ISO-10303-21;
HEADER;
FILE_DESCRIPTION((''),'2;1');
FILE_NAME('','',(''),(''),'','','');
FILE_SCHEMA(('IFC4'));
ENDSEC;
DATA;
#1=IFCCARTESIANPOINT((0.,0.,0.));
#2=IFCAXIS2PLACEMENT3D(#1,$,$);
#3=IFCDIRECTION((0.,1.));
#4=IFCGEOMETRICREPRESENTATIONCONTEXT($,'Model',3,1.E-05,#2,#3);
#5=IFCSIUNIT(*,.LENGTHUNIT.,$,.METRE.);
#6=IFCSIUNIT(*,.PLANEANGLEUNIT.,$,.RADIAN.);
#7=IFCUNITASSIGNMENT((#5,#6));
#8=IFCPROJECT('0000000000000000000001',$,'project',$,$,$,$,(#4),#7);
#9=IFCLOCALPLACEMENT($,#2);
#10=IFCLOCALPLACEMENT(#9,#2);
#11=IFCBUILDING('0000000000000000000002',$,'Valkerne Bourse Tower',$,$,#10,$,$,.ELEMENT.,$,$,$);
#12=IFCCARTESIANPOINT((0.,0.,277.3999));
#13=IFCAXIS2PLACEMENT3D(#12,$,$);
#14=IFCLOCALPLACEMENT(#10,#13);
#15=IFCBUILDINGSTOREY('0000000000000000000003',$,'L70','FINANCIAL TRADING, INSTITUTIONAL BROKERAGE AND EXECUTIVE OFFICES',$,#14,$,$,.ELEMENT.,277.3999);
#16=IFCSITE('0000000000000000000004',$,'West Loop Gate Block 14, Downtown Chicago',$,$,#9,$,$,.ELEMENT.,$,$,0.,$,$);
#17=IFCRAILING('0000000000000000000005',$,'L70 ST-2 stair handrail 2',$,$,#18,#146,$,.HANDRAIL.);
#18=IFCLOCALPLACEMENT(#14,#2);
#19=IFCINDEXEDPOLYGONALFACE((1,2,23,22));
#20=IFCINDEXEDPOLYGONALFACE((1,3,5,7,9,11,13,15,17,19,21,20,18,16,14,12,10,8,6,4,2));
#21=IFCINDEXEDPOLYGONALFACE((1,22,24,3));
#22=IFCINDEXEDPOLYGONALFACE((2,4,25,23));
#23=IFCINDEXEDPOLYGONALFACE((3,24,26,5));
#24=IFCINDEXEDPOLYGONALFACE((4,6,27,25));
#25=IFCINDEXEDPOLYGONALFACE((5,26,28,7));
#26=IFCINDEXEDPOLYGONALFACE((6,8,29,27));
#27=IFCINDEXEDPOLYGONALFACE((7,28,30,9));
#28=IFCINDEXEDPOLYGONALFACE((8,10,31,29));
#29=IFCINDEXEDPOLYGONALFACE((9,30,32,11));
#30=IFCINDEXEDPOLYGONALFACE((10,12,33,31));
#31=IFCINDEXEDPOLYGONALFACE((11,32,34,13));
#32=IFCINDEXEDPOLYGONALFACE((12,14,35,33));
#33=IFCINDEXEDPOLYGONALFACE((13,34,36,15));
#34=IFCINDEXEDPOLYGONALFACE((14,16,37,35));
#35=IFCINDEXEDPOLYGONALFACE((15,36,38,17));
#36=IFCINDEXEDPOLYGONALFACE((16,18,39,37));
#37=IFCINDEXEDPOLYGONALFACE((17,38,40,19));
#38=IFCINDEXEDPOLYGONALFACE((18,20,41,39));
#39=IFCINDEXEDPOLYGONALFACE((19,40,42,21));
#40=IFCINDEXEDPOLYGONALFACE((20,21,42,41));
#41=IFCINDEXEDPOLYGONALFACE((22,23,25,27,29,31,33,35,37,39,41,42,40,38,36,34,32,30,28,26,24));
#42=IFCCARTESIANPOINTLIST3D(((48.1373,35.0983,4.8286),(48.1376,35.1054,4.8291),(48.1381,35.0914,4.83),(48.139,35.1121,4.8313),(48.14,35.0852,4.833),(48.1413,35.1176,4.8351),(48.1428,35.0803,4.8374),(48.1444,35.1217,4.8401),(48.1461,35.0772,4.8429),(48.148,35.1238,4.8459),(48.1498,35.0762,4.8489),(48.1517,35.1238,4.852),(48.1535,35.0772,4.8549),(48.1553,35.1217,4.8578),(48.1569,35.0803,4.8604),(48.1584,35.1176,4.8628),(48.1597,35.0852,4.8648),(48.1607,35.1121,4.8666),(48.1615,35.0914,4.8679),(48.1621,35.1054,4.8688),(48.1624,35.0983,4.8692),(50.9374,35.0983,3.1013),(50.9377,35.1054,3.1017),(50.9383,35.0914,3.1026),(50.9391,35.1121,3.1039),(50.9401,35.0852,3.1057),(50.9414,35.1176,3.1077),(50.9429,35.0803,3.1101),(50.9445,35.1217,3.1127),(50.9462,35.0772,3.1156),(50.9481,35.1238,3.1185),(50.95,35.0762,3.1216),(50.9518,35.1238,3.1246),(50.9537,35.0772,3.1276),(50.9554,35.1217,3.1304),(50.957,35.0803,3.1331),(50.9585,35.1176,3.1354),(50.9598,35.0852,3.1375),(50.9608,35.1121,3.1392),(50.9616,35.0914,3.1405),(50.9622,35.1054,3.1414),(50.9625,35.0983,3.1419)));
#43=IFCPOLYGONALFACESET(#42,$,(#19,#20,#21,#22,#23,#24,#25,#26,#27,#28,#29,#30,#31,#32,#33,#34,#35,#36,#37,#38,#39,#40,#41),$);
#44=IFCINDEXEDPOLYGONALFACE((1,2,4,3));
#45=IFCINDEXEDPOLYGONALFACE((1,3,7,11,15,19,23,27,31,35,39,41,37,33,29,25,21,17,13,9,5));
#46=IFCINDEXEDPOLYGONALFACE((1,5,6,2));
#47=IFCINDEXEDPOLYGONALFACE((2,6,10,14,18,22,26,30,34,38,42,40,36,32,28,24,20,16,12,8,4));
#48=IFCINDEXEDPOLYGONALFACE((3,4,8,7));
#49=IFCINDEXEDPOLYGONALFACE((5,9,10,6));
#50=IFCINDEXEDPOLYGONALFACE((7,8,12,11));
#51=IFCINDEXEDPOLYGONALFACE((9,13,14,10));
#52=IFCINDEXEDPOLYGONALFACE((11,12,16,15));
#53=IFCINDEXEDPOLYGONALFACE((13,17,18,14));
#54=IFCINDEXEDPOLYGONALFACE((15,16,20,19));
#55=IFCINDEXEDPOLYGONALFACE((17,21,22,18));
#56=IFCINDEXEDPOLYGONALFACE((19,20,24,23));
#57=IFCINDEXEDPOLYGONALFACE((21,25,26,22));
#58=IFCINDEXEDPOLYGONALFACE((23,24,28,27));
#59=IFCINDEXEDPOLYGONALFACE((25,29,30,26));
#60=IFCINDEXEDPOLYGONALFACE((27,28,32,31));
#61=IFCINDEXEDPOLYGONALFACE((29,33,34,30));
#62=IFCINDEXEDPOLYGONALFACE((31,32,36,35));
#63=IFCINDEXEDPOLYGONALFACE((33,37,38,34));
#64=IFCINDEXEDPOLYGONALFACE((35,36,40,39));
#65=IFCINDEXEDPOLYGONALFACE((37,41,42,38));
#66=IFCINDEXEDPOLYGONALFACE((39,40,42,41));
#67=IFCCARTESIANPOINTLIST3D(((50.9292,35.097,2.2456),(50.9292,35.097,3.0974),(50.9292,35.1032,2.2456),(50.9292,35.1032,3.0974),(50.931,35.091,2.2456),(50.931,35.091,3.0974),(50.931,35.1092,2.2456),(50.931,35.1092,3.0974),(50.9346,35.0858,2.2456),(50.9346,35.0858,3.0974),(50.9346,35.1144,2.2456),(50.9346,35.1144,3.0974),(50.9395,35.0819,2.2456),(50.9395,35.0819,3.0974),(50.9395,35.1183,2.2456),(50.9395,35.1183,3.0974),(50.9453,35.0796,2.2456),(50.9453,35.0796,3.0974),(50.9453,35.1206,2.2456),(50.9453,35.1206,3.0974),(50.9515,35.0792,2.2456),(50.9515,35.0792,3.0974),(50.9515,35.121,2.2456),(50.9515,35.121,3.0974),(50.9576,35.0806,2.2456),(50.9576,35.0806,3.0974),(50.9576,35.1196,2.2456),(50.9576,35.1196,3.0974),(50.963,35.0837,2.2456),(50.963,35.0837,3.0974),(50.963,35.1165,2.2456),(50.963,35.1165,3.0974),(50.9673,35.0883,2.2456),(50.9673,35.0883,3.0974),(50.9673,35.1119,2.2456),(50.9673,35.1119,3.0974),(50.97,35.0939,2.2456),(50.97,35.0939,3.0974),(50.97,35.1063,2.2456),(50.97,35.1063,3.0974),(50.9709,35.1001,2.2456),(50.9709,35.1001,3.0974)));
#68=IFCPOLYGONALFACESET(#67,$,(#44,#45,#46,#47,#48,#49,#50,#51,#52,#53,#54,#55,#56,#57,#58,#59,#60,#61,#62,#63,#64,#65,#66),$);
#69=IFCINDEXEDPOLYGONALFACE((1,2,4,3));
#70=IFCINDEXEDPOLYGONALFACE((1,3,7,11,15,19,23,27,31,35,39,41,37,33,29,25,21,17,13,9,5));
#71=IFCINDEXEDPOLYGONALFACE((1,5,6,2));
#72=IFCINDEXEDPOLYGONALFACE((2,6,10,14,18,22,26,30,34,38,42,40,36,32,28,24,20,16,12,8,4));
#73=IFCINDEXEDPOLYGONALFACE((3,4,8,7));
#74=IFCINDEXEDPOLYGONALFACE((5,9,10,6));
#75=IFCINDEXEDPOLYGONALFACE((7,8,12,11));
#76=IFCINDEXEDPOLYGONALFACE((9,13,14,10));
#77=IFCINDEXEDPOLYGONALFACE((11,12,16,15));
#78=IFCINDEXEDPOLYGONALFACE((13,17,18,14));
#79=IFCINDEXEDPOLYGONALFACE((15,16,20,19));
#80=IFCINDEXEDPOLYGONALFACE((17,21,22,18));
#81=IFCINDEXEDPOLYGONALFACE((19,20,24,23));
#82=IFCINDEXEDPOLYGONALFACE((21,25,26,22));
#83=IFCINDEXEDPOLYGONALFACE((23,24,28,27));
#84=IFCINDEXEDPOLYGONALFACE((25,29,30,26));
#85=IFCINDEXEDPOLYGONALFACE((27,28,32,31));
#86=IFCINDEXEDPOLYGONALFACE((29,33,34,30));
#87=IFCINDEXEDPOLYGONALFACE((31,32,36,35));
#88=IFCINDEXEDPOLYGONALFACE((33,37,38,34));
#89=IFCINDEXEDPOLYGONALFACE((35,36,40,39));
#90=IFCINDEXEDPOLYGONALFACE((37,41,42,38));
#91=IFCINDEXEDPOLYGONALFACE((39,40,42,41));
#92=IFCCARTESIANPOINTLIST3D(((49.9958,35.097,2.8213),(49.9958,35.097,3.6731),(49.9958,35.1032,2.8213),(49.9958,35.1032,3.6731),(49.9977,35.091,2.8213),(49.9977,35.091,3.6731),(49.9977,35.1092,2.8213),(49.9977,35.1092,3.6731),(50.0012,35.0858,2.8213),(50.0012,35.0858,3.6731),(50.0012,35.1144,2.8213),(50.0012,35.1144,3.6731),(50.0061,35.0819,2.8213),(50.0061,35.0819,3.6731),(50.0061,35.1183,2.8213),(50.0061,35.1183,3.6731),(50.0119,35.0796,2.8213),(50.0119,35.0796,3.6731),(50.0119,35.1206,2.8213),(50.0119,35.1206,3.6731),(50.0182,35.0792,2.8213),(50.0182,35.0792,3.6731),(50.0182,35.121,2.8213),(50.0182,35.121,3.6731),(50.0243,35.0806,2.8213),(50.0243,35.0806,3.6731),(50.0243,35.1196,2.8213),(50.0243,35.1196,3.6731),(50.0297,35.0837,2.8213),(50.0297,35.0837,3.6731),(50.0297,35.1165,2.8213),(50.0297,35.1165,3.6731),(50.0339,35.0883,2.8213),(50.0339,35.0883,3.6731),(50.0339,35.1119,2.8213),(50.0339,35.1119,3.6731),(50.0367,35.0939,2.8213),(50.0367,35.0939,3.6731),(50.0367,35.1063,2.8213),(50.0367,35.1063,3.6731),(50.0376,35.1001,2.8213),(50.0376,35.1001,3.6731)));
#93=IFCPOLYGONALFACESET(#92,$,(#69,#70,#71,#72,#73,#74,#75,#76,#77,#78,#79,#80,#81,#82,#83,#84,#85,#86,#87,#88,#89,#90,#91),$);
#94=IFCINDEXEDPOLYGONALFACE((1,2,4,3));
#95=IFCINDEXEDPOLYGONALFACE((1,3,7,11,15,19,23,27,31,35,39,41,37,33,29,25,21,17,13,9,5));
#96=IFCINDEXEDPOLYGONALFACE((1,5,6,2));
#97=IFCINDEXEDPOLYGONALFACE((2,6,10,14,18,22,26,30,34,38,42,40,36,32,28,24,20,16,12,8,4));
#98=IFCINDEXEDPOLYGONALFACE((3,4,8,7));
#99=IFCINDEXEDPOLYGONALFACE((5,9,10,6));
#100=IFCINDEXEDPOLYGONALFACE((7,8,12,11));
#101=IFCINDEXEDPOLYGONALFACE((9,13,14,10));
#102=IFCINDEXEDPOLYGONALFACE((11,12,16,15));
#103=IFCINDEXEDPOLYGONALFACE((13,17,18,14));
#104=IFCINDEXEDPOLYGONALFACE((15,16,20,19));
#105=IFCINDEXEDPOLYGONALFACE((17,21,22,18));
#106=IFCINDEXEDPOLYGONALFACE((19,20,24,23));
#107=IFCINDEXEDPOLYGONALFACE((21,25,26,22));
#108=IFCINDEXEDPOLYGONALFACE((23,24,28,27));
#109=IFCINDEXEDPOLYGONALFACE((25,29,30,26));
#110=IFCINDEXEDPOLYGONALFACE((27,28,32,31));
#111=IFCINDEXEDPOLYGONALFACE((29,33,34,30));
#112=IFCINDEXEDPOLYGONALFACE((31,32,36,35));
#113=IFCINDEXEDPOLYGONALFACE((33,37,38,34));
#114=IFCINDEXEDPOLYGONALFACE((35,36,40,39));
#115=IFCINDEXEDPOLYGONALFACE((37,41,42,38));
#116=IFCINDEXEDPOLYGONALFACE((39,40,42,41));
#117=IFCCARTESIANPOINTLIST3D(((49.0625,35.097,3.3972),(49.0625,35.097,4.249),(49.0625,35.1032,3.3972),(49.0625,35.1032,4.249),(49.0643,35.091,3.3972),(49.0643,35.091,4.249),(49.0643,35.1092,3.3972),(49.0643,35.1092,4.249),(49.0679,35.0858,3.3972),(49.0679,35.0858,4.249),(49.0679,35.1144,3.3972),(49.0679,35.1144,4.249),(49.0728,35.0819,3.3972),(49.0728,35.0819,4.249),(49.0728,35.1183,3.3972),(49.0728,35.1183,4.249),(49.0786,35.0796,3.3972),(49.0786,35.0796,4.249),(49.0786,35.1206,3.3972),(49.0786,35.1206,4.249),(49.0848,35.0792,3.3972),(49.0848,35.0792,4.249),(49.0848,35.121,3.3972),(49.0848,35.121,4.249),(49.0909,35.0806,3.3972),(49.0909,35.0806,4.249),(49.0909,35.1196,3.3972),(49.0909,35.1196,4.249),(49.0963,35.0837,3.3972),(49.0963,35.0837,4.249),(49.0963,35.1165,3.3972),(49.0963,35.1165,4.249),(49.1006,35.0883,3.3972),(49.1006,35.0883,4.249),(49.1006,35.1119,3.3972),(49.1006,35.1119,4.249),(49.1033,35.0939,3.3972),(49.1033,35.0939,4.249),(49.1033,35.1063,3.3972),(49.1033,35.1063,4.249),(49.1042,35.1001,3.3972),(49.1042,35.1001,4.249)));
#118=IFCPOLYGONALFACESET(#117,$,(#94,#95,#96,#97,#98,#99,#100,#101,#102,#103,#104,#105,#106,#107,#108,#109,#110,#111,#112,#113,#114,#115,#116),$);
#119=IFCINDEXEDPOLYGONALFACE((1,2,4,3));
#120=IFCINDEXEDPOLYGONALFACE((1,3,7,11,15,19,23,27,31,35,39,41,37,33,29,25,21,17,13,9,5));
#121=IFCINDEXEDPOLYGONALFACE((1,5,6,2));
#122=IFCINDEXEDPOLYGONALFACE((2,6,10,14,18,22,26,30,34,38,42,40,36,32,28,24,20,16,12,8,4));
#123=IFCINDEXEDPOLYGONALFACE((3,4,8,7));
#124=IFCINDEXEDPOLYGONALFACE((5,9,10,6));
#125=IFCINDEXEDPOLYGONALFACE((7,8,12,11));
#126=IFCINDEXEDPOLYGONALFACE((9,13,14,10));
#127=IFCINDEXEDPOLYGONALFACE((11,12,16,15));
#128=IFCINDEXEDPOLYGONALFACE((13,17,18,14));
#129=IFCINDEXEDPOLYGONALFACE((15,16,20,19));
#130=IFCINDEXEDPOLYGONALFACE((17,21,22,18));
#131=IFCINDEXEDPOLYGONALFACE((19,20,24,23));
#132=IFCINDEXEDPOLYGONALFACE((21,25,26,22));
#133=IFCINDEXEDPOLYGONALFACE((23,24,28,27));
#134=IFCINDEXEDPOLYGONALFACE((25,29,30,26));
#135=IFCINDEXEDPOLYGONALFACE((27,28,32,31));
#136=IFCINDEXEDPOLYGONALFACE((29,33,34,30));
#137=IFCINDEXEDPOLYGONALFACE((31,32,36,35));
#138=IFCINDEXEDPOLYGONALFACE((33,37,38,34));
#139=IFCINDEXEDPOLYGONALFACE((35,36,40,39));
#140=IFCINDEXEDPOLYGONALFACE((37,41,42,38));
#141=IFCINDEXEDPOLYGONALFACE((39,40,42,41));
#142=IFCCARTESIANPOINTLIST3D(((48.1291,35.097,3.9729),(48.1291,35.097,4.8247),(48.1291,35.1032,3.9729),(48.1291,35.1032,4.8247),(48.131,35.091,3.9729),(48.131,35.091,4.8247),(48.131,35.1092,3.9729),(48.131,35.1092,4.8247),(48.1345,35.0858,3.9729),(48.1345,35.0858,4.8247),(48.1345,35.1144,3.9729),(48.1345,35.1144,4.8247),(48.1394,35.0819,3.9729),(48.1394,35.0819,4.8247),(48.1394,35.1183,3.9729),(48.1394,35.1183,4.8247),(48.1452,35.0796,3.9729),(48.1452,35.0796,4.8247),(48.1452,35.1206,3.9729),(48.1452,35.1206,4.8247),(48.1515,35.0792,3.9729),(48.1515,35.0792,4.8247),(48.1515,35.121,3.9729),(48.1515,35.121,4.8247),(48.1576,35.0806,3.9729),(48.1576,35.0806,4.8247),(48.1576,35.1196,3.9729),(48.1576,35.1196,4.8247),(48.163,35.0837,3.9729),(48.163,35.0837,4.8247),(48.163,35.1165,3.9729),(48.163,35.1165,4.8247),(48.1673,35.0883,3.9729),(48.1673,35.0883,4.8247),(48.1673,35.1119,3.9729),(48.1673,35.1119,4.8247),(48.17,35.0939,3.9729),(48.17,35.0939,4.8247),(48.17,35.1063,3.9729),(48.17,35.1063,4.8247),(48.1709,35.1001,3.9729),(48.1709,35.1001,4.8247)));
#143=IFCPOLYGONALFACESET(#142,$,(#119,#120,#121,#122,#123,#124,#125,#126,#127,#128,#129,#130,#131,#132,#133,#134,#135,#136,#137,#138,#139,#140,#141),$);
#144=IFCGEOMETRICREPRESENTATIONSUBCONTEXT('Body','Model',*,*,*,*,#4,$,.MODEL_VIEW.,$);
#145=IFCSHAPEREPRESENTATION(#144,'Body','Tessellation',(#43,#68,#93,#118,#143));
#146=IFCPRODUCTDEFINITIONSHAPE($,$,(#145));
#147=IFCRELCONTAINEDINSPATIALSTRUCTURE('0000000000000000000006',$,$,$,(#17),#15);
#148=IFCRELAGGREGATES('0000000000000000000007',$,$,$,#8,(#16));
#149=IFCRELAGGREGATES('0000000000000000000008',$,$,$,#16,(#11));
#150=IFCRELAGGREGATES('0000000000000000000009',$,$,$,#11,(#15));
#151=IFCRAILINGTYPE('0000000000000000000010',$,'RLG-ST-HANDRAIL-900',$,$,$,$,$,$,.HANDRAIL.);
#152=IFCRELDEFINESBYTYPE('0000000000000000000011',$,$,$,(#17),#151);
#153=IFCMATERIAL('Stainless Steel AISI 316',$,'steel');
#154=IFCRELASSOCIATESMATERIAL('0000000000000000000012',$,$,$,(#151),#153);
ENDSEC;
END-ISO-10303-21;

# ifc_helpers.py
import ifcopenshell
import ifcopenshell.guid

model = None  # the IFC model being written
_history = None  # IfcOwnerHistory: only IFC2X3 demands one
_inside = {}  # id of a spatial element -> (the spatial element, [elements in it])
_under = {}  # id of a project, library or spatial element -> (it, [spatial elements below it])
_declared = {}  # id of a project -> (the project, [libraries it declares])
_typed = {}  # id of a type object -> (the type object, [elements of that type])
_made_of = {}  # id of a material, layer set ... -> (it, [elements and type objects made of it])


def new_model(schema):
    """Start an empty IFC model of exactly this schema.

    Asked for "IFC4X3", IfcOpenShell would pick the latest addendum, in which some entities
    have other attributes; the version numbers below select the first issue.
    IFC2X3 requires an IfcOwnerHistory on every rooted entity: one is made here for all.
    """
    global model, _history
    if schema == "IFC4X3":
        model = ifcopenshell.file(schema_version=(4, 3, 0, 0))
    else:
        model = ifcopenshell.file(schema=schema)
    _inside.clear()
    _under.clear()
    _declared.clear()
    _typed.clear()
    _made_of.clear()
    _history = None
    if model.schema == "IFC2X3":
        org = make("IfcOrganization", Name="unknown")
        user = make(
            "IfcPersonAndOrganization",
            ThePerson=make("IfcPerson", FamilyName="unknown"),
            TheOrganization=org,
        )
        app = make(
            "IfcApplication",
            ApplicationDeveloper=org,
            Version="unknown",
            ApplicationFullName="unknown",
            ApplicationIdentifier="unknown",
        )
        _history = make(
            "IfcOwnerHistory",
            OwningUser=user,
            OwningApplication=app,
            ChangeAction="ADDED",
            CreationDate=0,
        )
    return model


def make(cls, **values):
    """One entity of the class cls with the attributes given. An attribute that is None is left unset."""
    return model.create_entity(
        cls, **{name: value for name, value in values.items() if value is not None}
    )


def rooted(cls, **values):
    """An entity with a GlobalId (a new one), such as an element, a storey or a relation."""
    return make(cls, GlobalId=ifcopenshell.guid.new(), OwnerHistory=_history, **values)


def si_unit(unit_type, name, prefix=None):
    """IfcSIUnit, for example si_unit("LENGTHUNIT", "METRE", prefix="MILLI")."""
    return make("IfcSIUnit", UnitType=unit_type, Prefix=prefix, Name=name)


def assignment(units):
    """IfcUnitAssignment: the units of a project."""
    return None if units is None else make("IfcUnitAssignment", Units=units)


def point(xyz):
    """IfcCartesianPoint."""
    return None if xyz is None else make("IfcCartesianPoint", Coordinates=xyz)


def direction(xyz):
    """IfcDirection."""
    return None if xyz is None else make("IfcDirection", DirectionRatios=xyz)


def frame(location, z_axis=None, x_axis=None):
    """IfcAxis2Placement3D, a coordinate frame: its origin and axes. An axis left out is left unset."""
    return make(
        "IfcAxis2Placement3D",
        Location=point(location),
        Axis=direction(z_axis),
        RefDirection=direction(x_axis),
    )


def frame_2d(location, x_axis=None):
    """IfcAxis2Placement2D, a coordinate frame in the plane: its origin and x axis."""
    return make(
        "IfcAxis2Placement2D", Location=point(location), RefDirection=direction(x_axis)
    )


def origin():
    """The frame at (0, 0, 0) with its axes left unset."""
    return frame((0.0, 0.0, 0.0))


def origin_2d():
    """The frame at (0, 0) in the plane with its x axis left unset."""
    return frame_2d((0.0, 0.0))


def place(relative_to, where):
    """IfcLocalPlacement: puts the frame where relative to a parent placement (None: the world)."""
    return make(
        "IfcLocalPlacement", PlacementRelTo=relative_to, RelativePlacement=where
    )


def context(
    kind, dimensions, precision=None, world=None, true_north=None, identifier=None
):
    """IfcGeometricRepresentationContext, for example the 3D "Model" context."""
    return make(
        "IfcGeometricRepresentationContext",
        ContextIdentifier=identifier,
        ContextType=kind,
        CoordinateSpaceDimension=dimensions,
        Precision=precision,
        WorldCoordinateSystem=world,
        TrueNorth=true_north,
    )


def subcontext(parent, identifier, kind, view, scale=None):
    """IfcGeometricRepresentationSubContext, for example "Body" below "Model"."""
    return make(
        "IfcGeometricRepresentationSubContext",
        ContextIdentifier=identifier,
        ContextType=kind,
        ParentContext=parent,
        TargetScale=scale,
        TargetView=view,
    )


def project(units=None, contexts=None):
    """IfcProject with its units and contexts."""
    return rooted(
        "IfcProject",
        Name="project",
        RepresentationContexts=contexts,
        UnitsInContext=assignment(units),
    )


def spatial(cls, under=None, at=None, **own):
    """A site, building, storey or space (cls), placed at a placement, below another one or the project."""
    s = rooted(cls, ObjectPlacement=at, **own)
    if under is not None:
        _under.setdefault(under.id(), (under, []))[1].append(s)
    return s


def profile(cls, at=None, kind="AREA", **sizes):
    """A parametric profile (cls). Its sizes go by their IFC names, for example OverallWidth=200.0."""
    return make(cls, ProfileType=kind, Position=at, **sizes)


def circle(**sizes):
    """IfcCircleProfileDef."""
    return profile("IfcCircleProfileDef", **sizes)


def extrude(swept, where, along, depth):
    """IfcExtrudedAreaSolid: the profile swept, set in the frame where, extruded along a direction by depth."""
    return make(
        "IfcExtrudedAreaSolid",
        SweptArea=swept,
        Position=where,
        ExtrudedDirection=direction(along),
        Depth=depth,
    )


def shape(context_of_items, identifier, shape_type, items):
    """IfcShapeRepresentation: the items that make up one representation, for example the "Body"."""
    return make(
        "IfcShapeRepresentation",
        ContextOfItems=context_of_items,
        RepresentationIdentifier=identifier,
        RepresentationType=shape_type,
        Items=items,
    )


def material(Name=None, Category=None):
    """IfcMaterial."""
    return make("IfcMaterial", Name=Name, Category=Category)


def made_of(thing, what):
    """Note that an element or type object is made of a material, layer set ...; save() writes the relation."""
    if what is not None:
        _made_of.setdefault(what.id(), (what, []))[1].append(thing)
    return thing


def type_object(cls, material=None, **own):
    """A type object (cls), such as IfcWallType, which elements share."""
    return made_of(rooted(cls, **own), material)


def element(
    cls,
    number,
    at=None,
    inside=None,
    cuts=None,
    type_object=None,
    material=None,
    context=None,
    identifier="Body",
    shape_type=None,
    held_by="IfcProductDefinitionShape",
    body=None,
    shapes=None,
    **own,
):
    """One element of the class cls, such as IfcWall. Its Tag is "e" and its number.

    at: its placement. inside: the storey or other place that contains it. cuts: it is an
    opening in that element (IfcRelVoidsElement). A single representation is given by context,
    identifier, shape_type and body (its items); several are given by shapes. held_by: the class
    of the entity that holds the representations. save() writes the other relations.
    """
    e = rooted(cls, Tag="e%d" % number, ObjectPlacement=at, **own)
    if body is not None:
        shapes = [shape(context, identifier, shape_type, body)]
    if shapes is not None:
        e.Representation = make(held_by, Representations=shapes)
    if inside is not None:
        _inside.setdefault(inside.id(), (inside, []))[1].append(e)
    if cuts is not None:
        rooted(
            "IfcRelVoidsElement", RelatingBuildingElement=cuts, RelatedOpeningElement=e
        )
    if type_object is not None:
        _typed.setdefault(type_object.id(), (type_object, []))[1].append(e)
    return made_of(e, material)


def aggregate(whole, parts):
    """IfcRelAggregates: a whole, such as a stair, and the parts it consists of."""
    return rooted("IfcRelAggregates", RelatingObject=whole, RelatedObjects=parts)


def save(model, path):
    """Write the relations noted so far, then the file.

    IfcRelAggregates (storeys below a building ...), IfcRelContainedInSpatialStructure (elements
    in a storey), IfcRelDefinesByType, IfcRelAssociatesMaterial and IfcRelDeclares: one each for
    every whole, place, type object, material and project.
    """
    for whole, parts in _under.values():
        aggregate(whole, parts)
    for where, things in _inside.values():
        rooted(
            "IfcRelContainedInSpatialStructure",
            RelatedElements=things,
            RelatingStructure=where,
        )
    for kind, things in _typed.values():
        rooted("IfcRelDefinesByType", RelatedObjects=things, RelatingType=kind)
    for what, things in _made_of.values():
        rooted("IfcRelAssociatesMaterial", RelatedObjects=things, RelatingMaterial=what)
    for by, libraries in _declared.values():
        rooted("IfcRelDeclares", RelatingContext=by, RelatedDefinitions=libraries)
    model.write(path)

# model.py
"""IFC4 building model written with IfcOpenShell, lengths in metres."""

from ifc_helpers import new_model, si_unit, direction, frame, origin, origin_2d, place, context, subcontext, project, spatial, circle, extrude, material, type_object, element, save


model = new_model("IFC4")

# Units and contexts
model_context = context("Model", 3, precision=1e-05, world=origin(), true_north=direction((0.0, 1.0)))
body_context = subcontext(model_context, "Body", "Model", "MODEL_VIEW")
ifc_project = project(units=[si_unit("LENGTHUNIT", "METRE"), si_unit("PLANEANGLEUNIT", "RADIAN")], contexts=[model_context])

# Site, building, storey
site_placement = place(None, origin())
site = spatial("IfcSite", under=ifc_project, at=site_placement, Name="West Loop Gate Block 14, Downtown Chicago", CompositionType="ELEMENT", RefElevation=0.0)
building_placement = place(site_placement, origin())
building = spatial("IfcBuilding", under=site, at=building_placement, Name="Valkerne Bourse Tower", CompositionType="ELEMENT")
storey_placement = place(building_placement, frame((0.0, 0.0, 277.3999)))
storey = spatial("IfcBuildingStorey", under=building, at=storey_placement, Name="L70", Description="FINANCIAL TRADING, INSTITUTIONAL BROKERAGE AND EXECUTIVE OFFICES", CompositionType="ELEMENT", Elevation=277.3999)

# Railing
ifc_material_1 = material(Name="Stainless Steel AISI 316", Category="steel")
railing_type_1 = type_object("IfcRailingType", Name="RLG-ST-HANDRAIL-900", PredefinedType="HANDRAIL", material=ifc_material_1)
railing_1_placement = place(storey_placement, frame((50.95, 35.1001, 2.2456)))
element("IfcRailing", 1, at=railing_1_placement, inside=storey, type_object=railing_type_1, Name="L70 ST-2 stair handrail 2", PredefinedType="HANDRAIL", context=body_context, shape_type="SweptSolid", body=[
    extrude(circle(Radius=0.0239, at=origin_2d()), frame((0.0, 0.0, 0.876), z_axis=(-0.85109, 0.0, 0.52502), x_axis=(0.0, -1.0, 0.0)), (0.0, 0.0, 1.0), 3.29),
    extrude(circle(Radius=0.021, at=origin_2d()), origin(), (0.0, 0.0, 1.0), 0.8518),
    extrude(circle(Radius=0.021, at=origin_2d()), frame((-0.9333, 0.0, 0.5757)), (0.0, 0.0, 1.0), 0.8518),
    extrude(circle(Radius=0.021, at=origin_2d()), frame((-1.8667, 0.0, 1.1516)), (0.0, 0.0, 1.0), 0.8518),
    extrude(circle(Radius=0.021, at=origin_2d()), frame((-2.8, 0.0, 1.7273)), (0.0, 0.0, 1.0), 0.8518),
])

save(model, "model.ifc")
